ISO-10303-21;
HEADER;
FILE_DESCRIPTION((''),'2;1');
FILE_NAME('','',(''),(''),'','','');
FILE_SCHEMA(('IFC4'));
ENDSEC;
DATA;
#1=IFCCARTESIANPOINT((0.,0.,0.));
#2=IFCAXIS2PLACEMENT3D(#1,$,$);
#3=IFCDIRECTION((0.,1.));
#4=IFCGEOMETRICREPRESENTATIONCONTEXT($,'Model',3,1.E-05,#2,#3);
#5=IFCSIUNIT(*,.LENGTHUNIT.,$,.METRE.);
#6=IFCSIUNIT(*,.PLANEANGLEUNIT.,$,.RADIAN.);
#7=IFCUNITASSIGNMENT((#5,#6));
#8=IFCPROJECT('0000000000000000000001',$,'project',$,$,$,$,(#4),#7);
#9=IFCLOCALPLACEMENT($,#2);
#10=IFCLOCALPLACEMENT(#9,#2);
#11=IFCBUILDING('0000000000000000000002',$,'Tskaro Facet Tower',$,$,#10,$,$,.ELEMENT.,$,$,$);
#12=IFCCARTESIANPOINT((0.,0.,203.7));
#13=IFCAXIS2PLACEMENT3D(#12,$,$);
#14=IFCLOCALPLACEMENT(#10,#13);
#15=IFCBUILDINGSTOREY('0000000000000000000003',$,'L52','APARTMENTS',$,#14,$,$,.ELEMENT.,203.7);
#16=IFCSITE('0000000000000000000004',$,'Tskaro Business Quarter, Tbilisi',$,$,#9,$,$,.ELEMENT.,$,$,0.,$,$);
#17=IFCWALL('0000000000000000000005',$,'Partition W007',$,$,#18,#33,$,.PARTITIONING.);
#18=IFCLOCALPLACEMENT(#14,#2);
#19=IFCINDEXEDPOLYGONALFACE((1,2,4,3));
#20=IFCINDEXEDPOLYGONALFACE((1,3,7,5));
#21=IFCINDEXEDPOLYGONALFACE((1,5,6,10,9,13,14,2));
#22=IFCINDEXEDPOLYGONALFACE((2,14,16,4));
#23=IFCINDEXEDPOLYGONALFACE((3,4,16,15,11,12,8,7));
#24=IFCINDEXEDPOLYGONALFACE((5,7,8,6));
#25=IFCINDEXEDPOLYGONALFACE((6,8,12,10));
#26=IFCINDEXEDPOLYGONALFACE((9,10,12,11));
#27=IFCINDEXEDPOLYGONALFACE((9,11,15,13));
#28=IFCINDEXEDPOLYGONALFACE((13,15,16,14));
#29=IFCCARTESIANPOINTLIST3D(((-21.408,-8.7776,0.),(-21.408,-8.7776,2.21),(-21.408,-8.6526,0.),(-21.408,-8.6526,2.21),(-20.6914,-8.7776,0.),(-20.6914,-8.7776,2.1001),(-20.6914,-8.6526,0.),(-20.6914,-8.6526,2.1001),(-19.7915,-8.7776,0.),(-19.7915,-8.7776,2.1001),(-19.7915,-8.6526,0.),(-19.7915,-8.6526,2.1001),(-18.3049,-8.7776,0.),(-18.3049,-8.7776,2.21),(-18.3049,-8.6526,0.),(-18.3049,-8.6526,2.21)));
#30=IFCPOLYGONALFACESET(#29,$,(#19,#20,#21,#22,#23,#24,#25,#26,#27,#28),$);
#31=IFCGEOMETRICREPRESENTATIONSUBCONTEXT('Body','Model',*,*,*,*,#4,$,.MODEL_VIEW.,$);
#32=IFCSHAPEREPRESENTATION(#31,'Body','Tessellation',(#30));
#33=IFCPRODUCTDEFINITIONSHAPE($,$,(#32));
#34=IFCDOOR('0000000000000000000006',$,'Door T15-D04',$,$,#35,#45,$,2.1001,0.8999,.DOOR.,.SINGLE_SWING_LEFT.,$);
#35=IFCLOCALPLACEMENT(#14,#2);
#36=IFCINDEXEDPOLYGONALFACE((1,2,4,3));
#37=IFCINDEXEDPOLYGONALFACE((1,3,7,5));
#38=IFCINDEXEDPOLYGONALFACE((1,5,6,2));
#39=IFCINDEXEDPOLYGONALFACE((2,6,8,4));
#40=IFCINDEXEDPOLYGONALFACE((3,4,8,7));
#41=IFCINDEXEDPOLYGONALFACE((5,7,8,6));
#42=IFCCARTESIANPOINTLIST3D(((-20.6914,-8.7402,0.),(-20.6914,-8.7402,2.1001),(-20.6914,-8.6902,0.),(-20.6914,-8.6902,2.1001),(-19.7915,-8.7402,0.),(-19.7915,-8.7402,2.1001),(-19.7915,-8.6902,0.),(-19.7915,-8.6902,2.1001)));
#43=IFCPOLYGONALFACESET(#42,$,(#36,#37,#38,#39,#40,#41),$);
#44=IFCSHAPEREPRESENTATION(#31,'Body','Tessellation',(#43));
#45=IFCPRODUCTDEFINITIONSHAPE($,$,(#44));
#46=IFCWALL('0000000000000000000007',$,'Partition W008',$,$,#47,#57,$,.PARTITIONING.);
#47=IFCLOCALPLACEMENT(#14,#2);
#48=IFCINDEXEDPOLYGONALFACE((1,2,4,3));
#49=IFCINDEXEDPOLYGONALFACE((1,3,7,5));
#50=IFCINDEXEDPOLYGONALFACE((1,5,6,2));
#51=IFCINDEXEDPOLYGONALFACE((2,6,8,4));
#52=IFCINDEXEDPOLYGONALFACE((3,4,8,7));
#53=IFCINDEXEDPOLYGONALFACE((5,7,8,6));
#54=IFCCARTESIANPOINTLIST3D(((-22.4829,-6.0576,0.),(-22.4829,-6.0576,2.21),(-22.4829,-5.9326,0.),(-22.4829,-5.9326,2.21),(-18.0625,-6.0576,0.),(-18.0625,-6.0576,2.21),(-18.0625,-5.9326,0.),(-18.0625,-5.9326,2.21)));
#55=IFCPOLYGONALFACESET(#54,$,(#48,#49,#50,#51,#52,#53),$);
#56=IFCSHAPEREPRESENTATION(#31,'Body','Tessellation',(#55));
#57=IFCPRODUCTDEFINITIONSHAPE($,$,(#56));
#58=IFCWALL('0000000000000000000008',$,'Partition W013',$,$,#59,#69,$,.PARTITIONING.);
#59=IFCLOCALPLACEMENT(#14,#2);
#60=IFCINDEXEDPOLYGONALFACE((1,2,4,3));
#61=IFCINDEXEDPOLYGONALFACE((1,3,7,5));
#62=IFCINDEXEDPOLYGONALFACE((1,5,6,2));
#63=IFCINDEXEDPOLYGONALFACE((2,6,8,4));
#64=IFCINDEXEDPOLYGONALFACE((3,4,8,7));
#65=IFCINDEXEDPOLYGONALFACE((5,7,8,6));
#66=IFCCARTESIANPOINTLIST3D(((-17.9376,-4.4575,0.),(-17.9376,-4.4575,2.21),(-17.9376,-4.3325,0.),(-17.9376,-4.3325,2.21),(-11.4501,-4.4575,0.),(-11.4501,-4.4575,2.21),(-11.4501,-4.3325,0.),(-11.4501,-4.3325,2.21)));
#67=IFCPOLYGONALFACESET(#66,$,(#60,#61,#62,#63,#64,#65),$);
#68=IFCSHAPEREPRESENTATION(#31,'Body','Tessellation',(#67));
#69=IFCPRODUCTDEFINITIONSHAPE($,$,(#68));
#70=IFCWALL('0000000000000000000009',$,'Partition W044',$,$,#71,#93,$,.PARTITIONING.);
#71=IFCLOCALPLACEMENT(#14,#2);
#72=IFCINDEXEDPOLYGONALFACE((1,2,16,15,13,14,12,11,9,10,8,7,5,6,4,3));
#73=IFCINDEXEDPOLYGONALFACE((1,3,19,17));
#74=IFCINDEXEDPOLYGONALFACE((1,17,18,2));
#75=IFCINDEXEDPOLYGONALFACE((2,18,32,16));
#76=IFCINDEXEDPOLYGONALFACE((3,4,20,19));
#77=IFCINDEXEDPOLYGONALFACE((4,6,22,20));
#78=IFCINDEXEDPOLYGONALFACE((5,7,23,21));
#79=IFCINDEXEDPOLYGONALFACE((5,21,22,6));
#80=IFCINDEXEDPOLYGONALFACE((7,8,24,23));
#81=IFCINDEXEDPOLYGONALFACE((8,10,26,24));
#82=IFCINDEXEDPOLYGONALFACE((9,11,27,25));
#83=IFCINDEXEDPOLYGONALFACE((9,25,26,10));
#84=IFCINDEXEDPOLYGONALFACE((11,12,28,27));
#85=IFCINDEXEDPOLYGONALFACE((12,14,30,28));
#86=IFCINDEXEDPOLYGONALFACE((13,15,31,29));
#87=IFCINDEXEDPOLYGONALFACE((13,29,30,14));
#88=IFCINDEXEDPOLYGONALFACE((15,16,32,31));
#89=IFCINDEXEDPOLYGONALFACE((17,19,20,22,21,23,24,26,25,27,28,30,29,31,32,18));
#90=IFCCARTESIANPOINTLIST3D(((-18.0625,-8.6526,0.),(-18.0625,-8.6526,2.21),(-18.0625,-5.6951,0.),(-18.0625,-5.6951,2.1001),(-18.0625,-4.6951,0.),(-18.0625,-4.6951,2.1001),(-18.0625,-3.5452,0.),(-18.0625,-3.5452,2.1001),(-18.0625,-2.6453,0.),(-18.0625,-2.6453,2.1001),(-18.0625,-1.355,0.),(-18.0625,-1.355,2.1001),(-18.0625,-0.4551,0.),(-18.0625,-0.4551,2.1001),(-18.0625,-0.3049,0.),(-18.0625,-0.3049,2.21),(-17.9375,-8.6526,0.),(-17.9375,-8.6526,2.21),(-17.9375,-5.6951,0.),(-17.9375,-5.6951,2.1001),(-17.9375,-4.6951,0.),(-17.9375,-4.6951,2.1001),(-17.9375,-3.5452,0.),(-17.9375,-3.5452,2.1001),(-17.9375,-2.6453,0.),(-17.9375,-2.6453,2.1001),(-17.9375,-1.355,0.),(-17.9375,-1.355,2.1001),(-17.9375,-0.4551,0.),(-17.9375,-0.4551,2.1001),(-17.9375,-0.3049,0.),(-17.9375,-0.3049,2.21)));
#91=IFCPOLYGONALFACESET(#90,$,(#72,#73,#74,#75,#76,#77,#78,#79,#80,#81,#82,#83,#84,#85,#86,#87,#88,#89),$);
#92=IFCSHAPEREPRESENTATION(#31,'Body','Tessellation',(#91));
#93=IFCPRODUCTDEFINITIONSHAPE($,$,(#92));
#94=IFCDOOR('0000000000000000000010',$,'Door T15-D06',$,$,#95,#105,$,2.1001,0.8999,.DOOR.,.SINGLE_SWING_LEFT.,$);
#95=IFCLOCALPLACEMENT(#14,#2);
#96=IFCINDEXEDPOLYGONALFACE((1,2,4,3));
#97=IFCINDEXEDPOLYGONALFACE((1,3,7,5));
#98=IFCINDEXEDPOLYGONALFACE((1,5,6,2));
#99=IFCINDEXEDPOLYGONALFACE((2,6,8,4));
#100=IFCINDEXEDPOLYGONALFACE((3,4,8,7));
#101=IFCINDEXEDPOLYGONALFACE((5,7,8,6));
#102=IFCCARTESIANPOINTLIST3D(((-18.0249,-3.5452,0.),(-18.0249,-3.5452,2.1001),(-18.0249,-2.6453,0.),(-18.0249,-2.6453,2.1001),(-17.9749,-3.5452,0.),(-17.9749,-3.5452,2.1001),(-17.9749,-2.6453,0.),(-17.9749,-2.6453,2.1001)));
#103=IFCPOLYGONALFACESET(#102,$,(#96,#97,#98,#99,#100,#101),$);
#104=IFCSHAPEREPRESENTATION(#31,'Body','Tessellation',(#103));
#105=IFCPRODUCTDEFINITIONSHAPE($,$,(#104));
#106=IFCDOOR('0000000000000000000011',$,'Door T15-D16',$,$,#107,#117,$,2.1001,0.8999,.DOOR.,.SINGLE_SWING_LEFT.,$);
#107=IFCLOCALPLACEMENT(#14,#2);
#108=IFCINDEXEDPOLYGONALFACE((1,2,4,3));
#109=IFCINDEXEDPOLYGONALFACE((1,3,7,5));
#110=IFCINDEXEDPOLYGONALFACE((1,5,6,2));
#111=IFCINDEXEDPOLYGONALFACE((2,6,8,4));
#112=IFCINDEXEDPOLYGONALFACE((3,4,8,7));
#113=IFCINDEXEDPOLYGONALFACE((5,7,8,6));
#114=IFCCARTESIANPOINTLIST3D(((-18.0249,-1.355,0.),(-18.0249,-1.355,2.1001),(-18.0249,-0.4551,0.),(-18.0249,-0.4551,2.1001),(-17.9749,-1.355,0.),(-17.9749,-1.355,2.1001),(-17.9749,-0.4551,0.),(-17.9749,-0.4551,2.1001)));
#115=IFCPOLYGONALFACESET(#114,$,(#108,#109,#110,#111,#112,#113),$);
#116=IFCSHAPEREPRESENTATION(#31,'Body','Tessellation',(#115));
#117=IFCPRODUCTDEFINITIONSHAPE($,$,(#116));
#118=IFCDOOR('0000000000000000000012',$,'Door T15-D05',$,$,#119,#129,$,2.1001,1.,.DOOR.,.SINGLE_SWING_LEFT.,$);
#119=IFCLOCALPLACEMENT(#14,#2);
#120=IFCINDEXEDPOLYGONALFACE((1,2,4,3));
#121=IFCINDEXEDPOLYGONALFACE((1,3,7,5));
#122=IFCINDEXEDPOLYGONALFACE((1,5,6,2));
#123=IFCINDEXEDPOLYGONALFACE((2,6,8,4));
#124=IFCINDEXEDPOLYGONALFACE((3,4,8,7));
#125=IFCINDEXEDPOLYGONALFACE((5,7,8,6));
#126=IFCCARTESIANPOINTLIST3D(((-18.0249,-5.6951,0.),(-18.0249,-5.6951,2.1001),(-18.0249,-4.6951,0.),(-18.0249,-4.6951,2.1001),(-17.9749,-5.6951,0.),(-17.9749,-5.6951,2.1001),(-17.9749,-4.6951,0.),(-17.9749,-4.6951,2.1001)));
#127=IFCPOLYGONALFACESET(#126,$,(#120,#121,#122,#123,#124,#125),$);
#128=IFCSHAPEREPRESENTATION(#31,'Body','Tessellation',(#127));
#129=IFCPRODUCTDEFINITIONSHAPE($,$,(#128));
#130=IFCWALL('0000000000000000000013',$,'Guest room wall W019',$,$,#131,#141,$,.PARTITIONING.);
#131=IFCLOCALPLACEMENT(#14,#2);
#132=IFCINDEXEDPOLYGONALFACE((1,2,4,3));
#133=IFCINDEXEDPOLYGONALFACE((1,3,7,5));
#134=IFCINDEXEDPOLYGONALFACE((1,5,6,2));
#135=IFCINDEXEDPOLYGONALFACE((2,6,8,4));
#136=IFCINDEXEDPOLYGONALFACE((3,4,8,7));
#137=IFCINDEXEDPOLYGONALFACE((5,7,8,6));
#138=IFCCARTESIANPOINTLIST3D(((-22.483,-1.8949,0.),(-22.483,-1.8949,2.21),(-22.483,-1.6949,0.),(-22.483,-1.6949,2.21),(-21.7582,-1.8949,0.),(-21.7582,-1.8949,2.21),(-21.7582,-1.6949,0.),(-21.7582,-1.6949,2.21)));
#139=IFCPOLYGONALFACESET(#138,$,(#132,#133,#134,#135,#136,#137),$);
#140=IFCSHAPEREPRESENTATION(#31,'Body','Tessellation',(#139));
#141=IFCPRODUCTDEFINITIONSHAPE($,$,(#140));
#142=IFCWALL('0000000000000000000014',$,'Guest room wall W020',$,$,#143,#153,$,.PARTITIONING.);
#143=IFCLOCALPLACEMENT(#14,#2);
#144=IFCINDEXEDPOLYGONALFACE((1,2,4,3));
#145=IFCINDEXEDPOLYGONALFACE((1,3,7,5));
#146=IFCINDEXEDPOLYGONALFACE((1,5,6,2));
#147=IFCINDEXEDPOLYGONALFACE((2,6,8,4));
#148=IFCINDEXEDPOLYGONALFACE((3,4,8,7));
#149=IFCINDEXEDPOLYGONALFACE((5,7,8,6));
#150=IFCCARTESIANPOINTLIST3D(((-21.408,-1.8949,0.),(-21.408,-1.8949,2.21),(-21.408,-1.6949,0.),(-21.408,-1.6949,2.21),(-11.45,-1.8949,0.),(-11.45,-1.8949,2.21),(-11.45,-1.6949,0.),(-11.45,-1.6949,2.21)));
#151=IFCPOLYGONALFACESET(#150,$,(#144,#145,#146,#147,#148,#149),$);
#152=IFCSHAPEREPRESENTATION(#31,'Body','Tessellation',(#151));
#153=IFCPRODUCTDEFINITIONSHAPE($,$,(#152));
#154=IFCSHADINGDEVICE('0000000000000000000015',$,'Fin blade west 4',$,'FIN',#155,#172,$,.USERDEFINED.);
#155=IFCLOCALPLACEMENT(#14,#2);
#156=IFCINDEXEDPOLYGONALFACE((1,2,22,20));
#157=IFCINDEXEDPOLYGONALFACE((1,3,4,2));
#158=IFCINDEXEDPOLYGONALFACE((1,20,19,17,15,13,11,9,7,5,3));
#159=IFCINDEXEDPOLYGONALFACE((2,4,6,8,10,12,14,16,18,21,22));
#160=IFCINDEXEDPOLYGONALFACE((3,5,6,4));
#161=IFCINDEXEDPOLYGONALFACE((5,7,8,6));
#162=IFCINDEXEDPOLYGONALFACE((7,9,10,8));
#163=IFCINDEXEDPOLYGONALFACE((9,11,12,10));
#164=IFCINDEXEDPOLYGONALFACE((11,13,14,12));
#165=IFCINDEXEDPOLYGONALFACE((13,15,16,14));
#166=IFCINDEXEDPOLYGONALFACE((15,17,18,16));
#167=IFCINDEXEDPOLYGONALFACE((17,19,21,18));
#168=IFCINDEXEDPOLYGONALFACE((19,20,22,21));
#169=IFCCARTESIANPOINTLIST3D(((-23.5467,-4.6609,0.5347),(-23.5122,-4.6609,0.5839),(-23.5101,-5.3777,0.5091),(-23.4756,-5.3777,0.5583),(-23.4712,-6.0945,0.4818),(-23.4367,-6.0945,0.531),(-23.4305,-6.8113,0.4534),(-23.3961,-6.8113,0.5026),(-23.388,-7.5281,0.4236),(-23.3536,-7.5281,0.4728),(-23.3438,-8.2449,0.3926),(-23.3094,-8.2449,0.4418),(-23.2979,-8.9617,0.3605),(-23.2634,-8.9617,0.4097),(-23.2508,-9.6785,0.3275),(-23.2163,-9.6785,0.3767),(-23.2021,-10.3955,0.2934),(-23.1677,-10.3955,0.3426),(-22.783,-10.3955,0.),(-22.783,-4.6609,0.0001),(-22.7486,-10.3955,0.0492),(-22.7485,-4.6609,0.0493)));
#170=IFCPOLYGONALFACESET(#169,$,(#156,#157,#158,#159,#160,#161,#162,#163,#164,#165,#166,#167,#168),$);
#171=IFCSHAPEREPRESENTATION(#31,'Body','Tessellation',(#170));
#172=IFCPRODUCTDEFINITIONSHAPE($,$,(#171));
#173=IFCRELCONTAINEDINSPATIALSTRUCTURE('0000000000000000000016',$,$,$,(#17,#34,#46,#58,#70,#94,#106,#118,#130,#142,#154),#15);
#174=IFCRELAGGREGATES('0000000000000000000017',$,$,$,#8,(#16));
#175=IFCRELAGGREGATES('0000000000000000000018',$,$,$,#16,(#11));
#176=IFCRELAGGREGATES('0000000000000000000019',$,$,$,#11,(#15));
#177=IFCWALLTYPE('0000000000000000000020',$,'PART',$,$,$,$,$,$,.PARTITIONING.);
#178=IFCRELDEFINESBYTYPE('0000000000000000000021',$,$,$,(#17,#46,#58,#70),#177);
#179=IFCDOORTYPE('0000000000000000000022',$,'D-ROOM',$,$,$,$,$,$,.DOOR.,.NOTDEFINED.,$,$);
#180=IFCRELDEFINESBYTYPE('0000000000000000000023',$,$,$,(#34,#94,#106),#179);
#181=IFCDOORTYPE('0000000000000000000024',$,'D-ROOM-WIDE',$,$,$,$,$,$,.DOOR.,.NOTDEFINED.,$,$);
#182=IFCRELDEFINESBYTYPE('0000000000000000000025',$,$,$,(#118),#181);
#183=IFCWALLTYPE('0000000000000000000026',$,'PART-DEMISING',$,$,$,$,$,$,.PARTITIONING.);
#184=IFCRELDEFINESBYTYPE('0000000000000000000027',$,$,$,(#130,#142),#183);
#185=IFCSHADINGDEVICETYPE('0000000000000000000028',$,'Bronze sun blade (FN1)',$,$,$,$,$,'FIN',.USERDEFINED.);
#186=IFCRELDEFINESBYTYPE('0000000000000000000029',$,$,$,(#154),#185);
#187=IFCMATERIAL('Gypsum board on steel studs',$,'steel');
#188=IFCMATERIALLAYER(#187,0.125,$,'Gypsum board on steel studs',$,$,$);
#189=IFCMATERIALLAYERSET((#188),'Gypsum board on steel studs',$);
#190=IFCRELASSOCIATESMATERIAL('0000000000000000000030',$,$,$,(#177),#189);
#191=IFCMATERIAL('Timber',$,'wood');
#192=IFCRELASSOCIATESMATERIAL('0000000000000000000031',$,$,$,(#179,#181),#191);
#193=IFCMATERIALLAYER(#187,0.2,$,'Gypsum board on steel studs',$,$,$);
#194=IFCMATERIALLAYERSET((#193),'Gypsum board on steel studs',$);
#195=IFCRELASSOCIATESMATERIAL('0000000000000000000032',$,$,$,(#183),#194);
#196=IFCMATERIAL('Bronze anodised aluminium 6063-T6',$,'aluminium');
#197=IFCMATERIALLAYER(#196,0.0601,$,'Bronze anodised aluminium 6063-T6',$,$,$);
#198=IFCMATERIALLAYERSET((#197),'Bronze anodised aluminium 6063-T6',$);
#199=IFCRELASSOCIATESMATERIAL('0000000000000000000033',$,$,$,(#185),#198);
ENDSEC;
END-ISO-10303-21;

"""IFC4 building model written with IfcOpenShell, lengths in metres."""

from ifc_helpers import new_model, si_unit, direction, frame, frame_2d, origin, place, context, subcontext, project, spatial, polyline, rectangle, outline, extrude, material, layer, layer_set, type_object, element, fill, save


model = new_model("IFC4")

# Units and contexts
model_context = context("Model", 3, precision=1e-05, world=origin(), true_north=direction((0.0, 1.0)))
body_context = subcontext(model_context, "Body", "Model", "MODEL_VIEW")
ifc_project = project(units=[si_unit("LENGTHUNIT", "METRE"), si_unit("PLANEANGLEUNIT", "RADIAN")], contexts=[model_context])

# Site, building, storey
site_placement = place(None, origin())
site = spatial("IfcSite", under=ifc_project, at=site_placement, Name="Tskaro Business Quarter, Tbilisi", CompositionType="ELEMENT", RefElevation=0.0)
building_placement = place(site_placement, origin())
building = spatial("IfcBuilding", under=site, at=building_placement, Name="Tskaro Facet Tower", CompositionType="ELEMENT")
storey_placement = place(building_placement, frame((0.0, 0.0, 203.7)))
storey = spatial("IfcBuildingStorey", under=building, at=storey_placement, Name="L52", Description="APARTMENTS", CompositionType="ELEMENT", Elevation=203.7)

# Shared definitions
ifc_material_1 = material(Name="Bronze anodised aluminium 6063-T6", Category="aluminium")

# Shared definitions
ifc_material_2 = material(Name="Gypsum board on steel studs", Category="steel")
ifc_layer_1 = layer(ifc_material_2, 0.125, Name="Gypsum board on steel studs")
ifc_layer_set_1 = layer_set([ifc_layer_1], Name="Gypsum board on steel studs")
wall_type_1 = type_object("IfcWallType", Name="PART", PredefinedType="PARTITIONING", material=ifc_layer_set_1)

# Wall, opening, door
wall_1_placement = place(storey_placement, frame((-21.408, -8.7151, 0.0), z_axis=(0.0, 0.0, 1.0), x_axis=(1.0, 0.0, 0.0)))
wall_1 = element("IfcWall", 1, at=wall_1_placement, inside=storey, type_object=wall_type_1, Name="Partition W007", PredefinedType="PARTITIONING", context=body_context, shape_type="SweptSolid", body=[
    extrude(rectangle(XDim=3.103, YDim=0.125, at=frame_2d((1.5515, 0.0))), origin(), (0.0, 0.0, 1.0), 2.21),
])
opening_1_placement = place(wall_1_placement, frame((0.7166, 0.0, 0.0)))
opening_1 = element("IfcOpeningElement", 2, at=opening_1_placement, cuts=wall_1, PredefinedType="OPENING", context=body_context, shape_type="SweptSolid", body=[
    extrude(rectangle(XDim=0.8999, YDim=2.1001, at=frame_2d((0.45, 1.05))), frame((0.0, 0.0725, 0.0), z_axis=(0.0, -1.0, 0.0), x_axis=(1.0, 0.0, 0.0)), (0.0, 0.0, 1.0), 0.145),
])
ifc_material_3 = material(Name="Timber", Category="wood")
door_type_1 = type_object("IfcDoorType", Name="D-ROOM", OperationType="NOTDEFINED", PredefinedType="DOOR", material=ifc_material_3)
door_1_placement = place(opening_1_placement, origin())
door_1 = element("IfcDoor", 3, at=door_1_placement, inside=storey, type_object=door_type_1, Name="Door T15-D04", OperationType="SINGLE_SWING_LEFT", OverallHeight=2.1001, OverallWidth=0.8999, PredefinedType="DOOR", context=body_context, shape_type="SweptSolid", body=[
    extrude(rectangle(XDim=0.8999, YDim=2.1001, at=frame_2d((0.45, 1.05))), frame((0.0, 0.0249, 0.0), z_axis=(0.0, -1.0, 0.0), x_axis=(1.0, 0.0, 0.0)), (0.0, 0.0, 1.0), 0.05),
])
fill(opening_1, door_1)

# Walls
wall_2_placement = place(storey_placement, frame((-22.4829, -5.9951, 0.0), z_axis=(0.0, 0.0, 1.0), x_axis=(1.0, 0.0, 0.0)))
element("IfcWall", 4, at=wall_2_placement, inside=storey, type_object=wall_type_1, Name="Partition W008", PredefinedType="PARTITIONING", context=body_context, shape_type="SweptSolid", body=[
    extrude(rectangle(XDim=4.4204, YDim=0.125, at=frame_2d((2.2102, 0.0))), origin(), (0.0, 0.0, 1.0), 2.21),
])
wall_3_placement = place(storey_placement, frame((-17.9375, -4.395, 0.0), z_axis=(0.0, 0.0, 1.0), x_axis=(1.0, 0.0, 0.0)))
element("IfcWall", 5, at=wall_3_placement, inside=storey, type_object=wall_type_1, Name="Partition W013", PredefinedType="PARTITIONING", context=body_context, shape_type="SweptSolid", body=[
    extrude(rectangle(XDim=6.4875, YDim=0.125, at=frame_2d((3.2437, 0.0))), origin(), (0.0, 0.0, 1.0), 2.21),
])

# Wall, openings, doors
wall_4_placement = place(storey_placement, frame((-18.0, -8.6526, 0.0), z_axis=(0.0, 0.0, 1.0), x_axis=(0.0, 1.0, 0.0)))
wall_4 = element("IfcWall", 6, at=wall_4_placement, inside=storey, type_object=wall_type_1, Name="Partition W044", PredefinedType="PARTITIONING", context=body_context, shape_type="SweptSolid", body=[
    extrude(rectangle(XDim=8.3477, YDim=0.125, at=frame_2d((4.1738, 0.0))), origin(), (0.0, 0.0, 1.0), 2.21),
])
opening_2_placement = place(wall_4_placement, frame((2.9575, 0.0, 0.0)))
opening_2 = element("IfcOpeningElement", 7, at=opening_2_placement, cuts=wall_4, PredefinedType="OPENING", context=body_context, shape_type="SweptSolid", body=[
    extrude(rectangle(XDim=1.0, YDim=2.1001, at=frame_2d((0.5, 1.05))), frame((0.0, 0.0725, 0.0), z_axis=(0.0, -1.0, 0.0), x_axis=(1.0, 0.0, 0.0)), (0.0, 0.0, 1.0), 0.145),
])
opening_3_placement = place(wall_4_placement, frame((5.1074, 0.0, 0.0)))
opening_3 = element("IfcOpeningElement", 8, at=opening_3_placement, cuts=wall_4, PredefinedType="OPENING", context=body_context, shape_type="SweptSolid", body=[
    extrude(rectangle(XDim=0.8999, YDim=2.1001, at=frame_2d((0.45, 1.05))), frame((0.0, 0.0725, 0.0), z_axis=(0.0, -1.0, 0.0), x_axis=(1.0, 0.0, 0.0)), (0.0, 0.0, 1.0), 0.145),
])
opening_4_placement = place(wall_4_placement, frame((7.2976, 0.0, 0.0)))
opening_4 = element("IfcOpeningElement", 9, at=opening_4_placement, cuts=wall_4, PredefinedType="OPENING", context=body_context, shape_type="SweptSolid", body=[
    extrude(rectangle(XDim=0.8999, YDim=2.1001, at=frame_2d((0.45, 1.05))), frame((0.0, 0.0725, 0.0), z_axis=(0.0, -1.0, 0.0), x_axis=(1.0, 0.0, 0.0)), (0.0, 0.0, 1.0), 0.145),
])
door_2_placement = place(opening_3_placement, origin())
door_2 = element("IfcDoor", 10, at=door_2_placement, inside=storey, type_object=door_type_1, Name="Door T15-D06", OperationType="SINGLE_SWING_LEFT", OverallHeight=2.1001, OverallWidth=0.8999, PredefinedType="DOOR", context=body_context, shape_type="SweptSolid", body=[
    extrude(rectangle(XDim=0.8999, YDim=2.1001, at=frame_2d((0.45, 1.05))), frame((0.0, 0.0249, 0.0), z_axis=(0.0, -1.0, 0.0), x_axis=(1.0, 0.0, 0.0)), (0.0, 0.0, 1.0), 0.05),
])
fill(opening_3, door_2)
door_3_placement = place(opening_4_placement, origin())
door_3 = element("IfcDoor", 11, at=door_3_placement, inside=storey, type_object=door_type_1, Name="Door T15-D16", OperationType="SINGLE_SWING_LEFT", OverallHeight=2.1001, OverallWidth=0.8999, PredefinedType="DOOR", context=body_context, shape_type="SweptSolid", body=[
    extrude(rectangle(XDim=0.8999, YDim=2.1001, at=frame_2d((0.45, 1.05))), frame((0.0, 0.0249, 0.0), z_axis=(0.0, -1.0, 0.0), x_axis=(1.0, 0.0, 0.0)), (0.0, 0.0, 1.0), 0.05),
])
fill(opening_4, door_3)
door_type_2 = type_object("IfcDoorType", Name="D-ROOM-WIDE", OperationType="NOTDEFINED", PredefinedType="DOOR", material=ifc_material_3)
door_4_placement = place(opening_2_placement, origin())
door_4 = element("IfcDoor", 12, at=door_4_placement, inside=storey, type_object=door_type_2, Name="Door T15-D05", OperationType="SINGLE_SWING_LEFT", OverallHeight=2.1001, OverallWidth=1.0, PredefinedType="DOOR", context=body_context, shape_type="SweptSolid", body=[
    extrude(rectangle(XDim=1.0, YDim=2.1001, at=frame_2d((0.5, 1.05))), frame((0.0, 0.0249, 0.0), z_axis=(0.0, -1.0, 0.0), x_axis=(1.0, 0.0, 0.0)), (0.0, 0.0, 1.0), 0.05),
])
fill(opening_2, door_4)

# Walls
ifc_layer_2 = layer(ifc_material_2, 0.2, Name="Gypsum board on steel studs")
ifc_layer_set_2 = layer_set([ifc_layer_2], Name="Gypsum board on steel studs")
wall_type_2 = type_object("IfcWallType", Name="PART-DEMISING", PredefinedType="PARTITIONING", material=ifc_layer_set_2)
wall_5_placement = place(storey_placement, frame((-22.4829, -1.7949, 0.0), z_axis=(0.0, 0.0, 1.0), x_axis=(1.0, 0.0, 0.0)))
element("IfcWall", 13, at=wall_5_placement, inside=storey, type_object=wall_type_2, Name="Guest room wall W019", PredefinedType="PARTITIONING", context=body_context, shape_type="SweptSolid", body=[
    extrude(rectangle(XDim=0.7249, YDim=0.2, at=frame_2d((0.3623, 0.0))), origin(), (0.0, 0.0, 1.0), 2.21),
])
wall_6_placement = place(storey_placement, frame((-21.408, -1.7949, 0.0), z_axis=(0.0, 0.0, 1.0), x_axis=(1.0, 0.0, 0.0)))
element("IfcWall", 14, at=wall_6_placement, inside=storey, type_object=wall_type_2, Name="Guest room wall W020", PredefinedType="PARTITIONING", context=body_context, shape_type="SweptSolid", body=[
    extrude(rectangle(XDim=9.958, YDim=0.2, at=frame_2d((4.979, 0.0))), origin(), (0.0, 0.0, 1.0), 2.21),
])

# Shading device
ifc_layer_3 = layer(ifc_material_1, 0.0601, Name="Bronze anodised aluminium 6063-T6")
ifc_layer_set_3 = layer_set([ifc_layer_3], Name="Bronze anodised aluminium 6063-T6")
shading_device_type = type_object("IfcShadingDeviceType", Name="Bronze sun blade (FN1)", ElementType="FIN", PredefinedType="USERDEFINED", material=ifc_layer_set_3)
shading_device_placement = place(storey_placement, frame((-22.7485, -4.6609, 0.0493), z_axis=(0.573475, -0.000019, 0.819223), x_axis=(-0.000011, -1.0, -0.000016)))
element("IfcShadingDevice", 15, at=shading_device_placement, inside=storey, type_object=shading_device_type, Name="Fin blade west 4", ObjectType="FIN", PredefinedType="USERDEFINED", context=body_context, shape_type="SweptSolid", body=[
    extrude(outline(polyline([(0.0, 0.0), (5.7346, 0.0), (5.7346, -0.5116), (5.0176, -0.571), (4.3008, -0.6285), (3.584, -0.6845), (2.8672, -0.7385), (2.1504, -0.7904), (1.4336, -0.8401), (0.7168, -0.8875), (0.0, -0.9322), (0.0, 0.0)])), origin(), (0.0, 0.0, -1.0), 0.0601),
])

save(model, "model.ifc")
